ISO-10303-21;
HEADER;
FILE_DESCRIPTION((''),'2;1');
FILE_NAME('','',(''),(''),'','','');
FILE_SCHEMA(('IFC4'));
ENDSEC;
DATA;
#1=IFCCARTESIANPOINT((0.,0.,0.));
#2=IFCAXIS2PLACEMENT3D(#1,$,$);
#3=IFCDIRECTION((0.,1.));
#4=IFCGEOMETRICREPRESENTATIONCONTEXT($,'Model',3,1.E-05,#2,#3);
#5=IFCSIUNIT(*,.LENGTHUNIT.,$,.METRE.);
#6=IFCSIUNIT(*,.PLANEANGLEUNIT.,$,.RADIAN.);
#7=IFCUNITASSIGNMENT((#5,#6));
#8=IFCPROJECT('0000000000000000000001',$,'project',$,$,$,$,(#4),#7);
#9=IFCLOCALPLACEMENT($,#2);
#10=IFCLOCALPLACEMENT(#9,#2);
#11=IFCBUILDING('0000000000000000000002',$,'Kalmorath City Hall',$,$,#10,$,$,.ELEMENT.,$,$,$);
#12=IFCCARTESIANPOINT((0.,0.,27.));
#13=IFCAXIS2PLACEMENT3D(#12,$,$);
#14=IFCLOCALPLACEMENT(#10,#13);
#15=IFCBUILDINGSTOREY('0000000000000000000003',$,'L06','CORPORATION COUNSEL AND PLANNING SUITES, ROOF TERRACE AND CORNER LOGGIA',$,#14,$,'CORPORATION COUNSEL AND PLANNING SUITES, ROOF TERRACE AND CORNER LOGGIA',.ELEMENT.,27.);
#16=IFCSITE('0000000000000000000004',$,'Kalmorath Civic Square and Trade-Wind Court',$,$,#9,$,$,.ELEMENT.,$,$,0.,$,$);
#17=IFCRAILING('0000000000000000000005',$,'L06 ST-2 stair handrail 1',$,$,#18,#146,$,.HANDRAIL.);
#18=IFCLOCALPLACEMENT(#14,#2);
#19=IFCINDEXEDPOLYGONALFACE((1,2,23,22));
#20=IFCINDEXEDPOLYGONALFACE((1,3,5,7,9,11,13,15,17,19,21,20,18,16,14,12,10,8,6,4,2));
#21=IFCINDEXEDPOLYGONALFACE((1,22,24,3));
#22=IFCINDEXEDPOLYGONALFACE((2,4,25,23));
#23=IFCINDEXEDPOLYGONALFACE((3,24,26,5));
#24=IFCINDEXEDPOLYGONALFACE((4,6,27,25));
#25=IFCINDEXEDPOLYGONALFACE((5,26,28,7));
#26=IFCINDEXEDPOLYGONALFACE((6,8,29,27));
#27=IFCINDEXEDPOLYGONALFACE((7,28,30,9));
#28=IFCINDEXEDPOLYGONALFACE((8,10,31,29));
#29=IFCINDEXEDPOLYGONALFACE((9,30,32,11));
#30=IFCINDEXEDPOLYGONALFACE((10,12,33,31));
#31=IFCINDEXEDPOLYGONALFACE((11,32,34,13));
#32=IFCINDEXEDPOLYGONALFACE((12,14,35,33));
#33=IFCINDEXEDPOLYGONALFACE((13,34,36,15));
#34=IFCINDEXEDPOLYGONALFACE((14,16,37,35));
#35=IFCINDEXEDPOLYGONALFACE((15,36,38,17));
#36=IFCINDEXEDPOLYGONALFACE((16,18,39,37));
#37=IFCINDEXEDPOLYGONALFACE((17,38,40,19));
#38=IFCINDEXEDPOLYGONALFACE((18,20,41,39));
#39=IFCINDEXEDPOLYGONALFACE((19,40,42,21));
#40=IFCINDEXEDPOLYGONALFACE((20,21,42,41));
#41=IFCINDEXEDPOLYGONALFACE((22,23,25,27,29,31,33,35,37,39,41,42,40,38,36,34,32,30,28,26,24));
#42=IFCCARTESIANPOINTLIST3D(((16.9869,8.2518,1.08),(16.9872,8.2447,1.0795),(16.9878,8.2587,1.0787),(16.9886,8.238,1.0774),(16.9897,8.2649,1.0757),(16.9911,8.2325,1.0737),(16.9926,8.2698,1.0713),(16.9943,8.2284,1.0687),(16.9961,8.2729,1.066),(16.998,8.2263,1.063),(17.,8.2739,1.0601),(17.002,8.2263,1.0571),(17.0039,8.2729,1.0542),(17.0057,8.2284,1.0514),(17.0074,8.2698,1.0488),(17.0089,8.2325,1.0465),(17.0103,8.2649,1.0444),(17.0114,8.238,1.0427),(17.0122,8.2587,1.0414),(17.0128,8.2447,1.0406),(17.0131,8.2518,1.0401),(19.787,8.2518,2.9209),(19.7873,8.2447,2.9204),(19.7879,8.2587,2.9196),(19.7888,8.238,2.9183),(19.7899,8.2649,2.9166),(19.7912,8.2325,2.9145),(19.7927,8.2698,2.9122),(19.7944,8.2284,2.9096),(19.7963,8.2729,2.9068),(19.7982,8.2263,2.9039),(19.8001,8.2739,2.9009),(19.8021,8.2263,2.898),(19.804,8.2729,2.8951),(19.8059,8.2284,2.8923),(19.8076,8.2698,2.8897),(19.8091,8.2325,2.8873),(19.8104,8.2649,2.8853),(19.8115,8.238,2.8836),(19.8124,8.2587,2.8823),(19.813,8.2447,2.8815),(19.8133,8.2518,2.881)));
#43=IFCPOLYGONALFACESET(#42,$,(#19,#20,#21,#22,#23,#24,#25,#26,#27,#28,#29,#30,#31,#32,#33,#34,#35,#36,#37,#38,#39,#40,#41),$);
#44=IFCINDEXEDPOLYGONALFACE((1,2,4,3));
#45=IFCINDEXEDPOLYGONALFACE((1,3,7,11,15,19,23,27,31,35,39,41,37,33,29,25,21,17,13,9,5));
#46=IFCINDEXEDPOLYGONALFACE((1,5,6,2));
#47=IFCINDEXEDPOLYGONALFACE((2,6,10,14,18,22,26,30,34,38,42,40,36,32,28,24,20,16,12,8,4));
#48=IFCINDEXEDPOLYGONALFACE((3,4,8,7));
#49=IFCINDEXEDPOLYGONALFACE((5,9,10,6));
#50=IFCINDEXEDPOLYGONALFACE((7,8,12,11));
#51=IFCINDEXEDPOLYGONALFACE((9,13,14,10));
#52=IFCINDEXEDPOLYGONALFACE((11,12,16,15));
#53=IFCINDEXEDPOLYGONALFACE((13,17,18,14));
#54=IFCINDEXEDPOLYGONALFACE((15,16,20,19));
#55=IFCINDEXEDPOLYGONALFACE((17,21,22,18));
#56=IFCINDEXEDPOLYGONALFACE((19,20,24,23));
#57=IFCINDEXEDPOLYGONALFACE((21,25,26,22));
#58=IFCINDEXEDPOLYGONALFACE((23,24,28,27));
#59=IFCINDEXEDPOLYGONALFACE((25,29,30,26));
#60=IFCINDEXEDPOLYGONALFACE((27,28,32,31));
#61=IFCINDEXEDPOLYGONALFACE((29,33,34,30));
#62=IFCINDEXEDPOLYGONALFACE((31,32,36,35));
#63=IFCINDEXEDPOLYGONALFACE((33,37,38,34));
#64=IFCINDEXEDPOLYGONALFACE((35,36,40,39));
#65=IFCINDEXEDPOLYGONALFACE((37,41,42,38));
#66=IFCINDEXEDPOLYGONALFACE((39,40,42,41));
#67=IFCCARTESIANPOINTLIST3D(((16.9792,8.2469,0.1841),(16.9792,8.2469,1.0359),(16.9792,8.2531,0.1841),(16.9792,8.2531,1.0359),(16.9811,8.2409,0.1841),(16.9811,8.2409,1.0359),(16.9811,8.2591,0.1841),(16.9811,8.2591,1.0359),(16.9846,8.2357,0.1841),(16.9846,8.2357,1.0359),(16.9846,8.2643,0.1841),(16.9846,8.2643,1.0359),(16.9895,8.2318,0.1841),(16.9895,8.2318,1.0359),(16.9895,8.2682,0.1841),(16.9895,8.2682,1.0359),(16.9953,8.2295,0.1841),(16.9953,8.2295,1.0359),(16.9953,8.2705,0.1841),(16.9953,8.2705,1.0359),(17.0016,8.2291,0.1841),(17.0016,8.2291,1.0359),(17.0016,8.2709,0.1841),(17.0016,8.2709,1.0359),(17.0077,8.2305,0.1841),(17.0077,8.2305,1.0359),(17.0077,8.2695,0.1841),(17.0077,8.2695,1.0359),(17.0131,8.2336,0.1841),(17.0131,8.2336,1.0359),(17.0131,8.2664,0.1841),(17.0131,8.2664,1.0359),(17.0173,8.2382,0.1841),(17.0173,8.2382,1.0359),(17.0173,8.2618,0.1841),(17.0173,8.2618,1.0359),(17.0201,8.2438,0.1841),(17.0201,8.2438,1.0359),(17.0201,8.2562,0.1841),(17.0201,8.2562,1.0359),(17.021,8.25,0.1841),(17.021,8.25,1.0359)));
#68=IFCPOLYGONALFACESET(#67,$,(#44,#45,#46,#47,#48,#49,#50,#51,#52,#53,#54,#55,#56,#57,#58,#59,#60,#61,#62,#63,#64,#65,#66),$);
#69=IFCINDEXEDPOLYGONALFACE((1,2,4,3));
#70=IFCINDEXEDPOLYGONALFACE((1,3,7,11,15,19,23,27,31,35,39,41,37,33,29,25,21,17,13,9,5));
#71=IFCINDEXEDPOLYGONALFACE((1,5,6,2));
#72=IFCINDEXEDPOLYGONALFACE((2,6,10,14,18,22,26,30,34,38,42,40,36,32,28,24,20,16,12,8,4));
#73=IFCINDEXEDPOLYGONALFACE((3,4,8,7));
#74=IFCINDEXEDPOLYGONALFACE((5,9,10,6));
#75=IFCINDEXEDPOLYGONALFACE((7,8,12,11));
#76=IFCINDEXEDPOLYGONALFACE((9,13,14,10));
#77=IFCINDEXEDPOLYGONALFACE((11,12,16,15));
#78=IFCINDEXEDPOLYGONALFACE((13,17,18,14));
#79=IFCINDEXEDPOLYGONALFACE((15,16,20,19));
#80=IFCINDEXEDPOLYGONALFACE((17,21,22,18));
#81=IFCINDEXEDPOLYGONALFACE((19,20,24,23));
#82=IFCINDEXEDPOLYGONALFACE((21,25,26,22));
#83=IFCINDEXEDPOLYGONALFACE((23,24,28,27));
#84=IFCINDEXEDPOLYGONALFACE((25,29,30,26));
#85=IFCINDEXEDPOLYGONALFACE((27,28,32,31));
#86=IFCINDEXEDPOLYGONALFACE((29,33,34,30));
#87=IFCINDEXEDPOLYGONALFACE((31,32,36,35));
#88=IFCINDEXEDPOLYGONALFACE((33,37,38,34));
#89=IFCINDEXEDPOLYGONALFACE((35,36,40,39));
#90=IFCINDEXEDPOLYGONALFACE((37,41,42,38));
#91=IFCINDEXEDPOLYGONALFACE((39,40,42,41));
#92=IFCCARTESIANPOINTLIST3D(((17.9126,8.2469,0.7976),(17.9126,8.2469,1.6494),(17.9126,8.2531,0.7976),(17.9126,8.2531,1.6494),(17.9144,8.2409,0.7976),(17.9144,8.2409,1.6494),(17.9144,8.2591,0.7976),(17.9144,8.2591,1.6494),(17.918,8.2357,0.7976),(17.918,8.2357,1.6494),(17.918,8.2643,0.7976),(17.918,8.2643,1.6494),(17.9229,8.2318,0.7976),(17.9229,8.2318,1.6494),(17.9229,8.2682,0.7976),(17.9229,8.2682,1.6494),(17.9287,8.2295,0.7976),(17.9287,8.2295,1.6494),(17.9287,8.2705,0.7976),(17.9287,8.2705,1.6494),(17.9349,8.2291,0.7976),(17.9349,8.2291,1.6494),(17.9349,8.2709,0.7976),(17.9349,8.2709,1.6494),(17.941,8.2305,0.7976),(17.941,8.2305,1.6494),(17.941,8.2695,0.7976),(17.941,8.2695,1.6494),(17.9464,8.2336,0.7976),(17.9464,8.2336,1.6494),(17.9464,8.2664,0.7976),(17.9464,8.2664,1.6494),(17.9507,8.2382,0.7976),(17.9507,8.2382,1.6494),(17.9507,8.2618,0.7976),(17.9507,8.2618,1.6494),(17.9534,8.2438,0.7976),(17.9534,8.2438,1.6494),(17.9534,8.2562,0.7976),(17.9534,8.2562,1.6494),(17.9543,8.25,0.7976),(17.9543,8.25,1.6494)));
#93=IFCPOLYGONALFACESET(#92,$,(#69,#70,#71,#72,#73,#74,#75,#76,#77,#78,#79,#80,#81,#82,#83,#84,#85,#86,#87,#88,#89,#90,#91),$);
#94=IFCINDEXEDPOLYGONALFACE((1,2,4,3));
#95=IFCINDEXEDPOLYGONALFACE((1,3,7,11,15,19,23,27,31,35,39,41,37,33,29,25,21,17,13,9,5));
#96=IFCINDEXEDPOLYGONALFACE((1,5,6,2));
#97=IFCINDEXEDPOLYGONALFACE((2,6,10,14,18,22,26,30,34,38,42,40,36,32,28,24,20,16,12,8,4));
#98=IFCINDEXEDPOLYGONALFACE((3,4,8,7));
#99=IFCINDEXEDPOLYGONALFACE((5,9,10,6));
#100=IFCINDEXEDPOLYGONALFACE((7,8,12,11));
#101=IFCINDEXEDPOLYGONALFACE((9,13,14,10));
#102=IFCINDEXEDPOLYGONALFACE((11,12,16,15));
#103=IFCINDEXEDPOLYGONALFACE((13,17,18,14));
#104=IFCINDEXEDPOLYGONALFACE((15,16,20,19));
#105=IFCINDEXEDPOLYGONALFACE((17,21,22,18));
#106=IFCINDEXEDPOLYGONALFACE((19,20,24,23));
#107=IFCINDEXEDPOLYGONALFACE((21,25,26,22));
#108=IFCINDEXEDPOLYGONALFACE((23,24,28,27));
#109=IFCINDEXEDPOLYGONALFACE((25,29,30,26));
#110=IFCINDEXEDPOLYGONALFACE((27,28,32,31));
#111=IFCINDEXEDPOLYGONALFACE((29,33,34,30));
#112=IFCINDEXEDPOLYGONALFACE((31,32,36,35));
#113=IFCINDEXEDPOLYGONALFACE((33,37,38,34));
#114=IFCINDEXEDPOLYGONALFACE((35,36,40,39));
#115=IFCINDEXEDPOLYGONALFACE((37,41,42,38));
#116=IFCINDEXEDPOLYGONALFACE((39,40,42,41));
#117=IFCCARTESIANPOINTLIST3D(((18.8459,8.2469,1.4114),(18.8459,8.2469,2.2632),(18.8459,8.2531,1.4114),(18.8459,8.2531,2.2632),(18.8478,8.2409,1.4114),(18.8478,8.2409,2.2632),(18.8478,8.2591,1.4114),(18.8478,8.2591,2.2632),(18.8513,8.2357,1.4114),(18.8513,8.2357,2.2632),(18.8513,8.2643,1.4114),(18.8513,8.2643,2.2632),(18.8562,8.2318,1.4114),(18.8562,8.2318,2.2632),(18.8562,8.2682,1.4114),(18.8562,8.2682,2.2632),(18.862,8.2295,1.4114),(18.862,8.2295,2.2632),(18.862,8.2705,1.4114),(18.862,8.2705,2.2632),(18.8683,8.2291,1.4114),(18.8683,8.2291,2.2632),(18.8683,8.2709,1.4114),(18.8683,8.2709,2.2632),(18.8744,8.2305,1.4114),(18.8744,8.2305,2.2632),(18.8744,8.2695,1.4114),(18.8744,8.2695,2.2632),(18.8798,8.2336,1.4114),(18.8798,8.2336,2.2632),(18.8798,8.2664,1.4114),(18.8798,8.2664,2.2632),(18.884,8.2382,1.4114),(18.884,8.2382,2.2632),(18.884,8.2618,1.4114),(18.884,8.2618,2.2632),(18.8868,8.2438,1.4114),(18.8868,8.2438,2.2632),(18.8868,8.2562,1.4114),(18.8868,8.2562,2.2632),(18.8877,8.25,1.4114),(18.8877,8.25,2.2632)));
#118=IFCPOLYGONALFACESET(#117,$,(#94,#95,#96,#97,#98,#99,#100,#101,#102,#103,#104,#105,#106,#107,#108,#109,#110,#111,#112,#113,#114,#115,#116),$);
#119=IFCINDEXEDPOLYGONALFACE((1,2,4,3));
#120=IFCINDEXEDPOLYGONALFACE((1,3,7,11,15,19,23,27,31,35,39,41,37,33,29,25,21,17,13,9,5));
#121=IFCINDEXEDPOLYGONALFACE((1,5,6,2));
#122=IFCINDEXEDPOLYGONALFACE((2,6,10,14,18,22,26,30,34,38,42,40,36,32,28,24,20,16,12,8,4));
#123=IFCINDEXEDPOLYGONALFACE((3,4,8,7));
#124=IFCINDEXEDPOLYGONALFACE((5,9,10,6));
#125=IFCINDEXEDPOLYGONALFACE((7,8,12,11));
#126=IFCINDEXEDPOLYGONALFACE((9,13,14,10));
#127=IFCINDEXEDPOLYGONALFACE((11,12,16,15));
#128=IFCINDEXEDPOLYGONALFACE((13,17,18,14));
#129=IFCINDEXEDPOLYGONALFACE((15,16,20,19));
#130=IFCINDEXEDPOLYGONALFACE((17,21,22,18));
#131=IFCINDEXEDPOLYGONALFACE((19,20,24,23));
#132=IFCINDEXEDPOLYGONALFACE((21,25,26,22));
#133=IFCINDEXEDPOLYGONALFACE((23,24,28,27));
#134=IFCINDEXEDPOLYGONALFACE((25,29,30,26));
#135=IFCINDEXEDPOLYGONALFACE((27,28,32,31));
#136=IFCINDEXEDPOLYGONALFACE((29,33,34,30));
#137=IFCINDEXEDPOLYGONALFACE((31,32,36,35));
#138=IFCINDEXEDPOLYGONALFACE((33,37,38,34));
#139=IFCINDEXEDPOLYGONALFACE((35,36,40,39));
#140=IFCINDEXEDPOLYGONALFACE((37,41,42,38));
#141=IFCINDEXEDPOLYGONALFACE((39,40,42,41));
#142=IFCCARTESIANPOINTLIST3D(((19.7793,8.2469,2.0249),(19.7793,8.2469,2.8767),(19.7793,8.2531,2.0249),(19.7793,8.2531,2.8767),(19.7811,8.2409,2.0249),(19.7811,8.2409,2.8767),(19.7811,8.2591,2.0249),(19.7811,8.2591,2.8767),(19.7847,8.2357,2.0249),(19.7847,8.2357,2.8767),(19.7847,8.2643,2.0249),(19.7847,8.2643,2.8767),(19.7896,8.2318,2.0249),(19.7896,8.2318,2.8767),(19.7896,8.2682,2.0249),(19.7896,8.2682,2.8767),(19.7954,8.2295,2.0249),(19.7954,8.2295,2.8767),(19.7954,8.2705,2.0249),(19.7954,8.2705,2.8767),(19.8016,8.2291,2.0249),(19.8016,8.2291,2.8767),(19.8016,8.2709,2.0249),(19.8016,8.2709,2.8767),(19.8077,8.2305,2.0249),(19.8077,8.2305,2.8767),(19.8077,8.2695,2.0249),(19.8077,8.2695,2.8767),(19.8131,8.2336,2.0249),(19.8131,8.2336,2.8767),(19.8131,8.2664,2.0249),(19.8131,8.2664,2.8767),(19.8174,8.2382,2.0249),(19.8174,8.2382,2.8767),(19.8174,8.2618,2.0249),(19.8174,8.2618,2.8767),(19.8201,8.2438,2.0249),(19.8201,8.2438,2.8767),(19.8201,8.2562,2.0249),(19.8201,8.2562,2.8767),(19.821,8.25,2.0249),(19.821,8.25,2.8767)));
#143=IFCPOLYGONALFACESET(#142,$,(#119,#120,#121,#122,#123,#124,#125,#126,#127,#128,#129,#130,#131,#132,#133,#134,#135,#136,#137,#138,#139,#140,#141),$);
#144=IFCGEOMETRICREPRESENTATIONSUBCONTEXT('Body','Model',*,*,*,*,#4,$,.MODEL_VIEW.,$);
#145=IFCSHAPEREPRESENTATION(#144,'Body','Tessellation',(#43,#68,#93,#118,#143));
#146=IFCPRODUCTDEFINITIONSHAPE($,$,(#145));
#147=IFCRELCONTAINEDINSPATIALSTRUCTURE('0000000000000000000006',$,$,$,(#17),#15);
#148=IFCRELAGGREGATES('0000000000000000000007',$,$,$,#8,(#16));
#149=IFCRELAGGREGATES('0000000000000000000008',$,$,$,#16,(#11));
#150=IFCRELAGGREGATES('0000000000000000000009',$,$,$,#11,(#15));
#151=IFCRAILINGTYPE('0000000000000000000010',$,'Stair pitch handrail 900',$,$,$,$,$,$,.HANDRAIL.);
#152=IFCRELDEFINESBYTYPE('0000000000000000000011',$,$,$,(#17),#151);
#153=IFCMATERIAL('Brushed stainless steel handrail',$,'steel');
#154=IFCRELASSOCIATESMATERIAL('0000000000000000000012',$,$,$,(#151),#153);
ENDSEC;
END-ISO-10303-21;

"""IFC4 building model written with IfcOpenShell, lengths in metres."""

from ifc_helpers import new_model, si_unit, direction, frame, origin, origin_2d, place, context, subcontext, project, spatial, circle, extrude, material, type_object, element, save


model = new_model("IFC4")

# Units and contexts
model_context = context("Model", 3, precision=1e-05, world=origin(), true_north=direction((0.0, 1.0)))
body_context = subcontext(model_context, "Body", "Model", "MODEL_VIEW")
ifc_project = project(units=[si_unit("LENGTHUNIT", "METRE"), si_unit("PLANEANGLEUNIT", "RADIAN")], contexts=[model_context])

# Site, building, storey
site_placement = place(None, origin())
site = spatial("IfcSite", under=ifc_project, at=site_placement, Name="Kalmorath Civic Square and Trade-Wind Court", CompositionType="ELEMENT", RefElevation=0.0)
building_placement = place(site_placement, origin())
building = spatial("IfcBuilding", under=site, at=building_placement, Name="Kalmorath City Hall", CompositionType="ELEMENT")
storey_placement = place(building_placement, frame((0.0, 0.0, 27.0)))
storey = spatial("IfcBuildingStorey", under=building, at=storey_placement, Name="L06", Description="CORPORATION COUNSEL AND PLANNING SUITES, ROOF TERRACE AND CORNER LOGGIA", LongName="CORPORATION COUNSEL AND PLANNING SUITES, ROOF TERRACE AND CORNER LOGGIA", CompositionType="ELEMENT", Elevation=27.0)

# Railing
ifc_material_1 = material(Name="Brushed stainless steel handrail", Category="steel")
railing_type_1 = type_object("IfcRailingType", Name="Stair pitch handrail 900", PredefinedType="HANDRAIL", material=ifc_material_1)
railing_1_placement = place(storey_placement, frame((17.0, 8.25, 0.1841)))
element("IfcRailing", 1, at=railing_1_placement, inside=storey, type_object=railing_type_1, Name="L06 ST-2 stair handrail 1", PredefinedType="HANDRAIL", context=body_context, shape_type="SweptSolid", body=[
    extrude(circle(Radius=0.0239, at=origin_2d()), frame((0.0, 0.0, 0.876), z_axis=(0.835598, 0.0, 0.549342), x_axis=(0.0, 1.0, 0.0)), (0.0, 0.0, 1.0), 3.3511),
    extrude(circle(Radius=0.021, at=origin_2d()), origin(), (0.0, 0.0, 1.0), 0.8518),
    extrude(circle(Radius=0.021, at=origin_2d()), frame((0.9333, 0.0, 0.6135)), (0.0, 0.0, 1.0), 0.8518),
    extrude(circle(Radius=0.021, at=origin_2d()), frame((1.8667, 0.0, 1.2273)), (0.0, 0.0, 1.0), 0.8518),
    extrude(circle(Radius=0.021, at=origin_2d()), frame((2.8, 0.0, 1.8408)), (0.0, 0.0, 1.0), 0.8518),
])

save(model, "model.ifc")
